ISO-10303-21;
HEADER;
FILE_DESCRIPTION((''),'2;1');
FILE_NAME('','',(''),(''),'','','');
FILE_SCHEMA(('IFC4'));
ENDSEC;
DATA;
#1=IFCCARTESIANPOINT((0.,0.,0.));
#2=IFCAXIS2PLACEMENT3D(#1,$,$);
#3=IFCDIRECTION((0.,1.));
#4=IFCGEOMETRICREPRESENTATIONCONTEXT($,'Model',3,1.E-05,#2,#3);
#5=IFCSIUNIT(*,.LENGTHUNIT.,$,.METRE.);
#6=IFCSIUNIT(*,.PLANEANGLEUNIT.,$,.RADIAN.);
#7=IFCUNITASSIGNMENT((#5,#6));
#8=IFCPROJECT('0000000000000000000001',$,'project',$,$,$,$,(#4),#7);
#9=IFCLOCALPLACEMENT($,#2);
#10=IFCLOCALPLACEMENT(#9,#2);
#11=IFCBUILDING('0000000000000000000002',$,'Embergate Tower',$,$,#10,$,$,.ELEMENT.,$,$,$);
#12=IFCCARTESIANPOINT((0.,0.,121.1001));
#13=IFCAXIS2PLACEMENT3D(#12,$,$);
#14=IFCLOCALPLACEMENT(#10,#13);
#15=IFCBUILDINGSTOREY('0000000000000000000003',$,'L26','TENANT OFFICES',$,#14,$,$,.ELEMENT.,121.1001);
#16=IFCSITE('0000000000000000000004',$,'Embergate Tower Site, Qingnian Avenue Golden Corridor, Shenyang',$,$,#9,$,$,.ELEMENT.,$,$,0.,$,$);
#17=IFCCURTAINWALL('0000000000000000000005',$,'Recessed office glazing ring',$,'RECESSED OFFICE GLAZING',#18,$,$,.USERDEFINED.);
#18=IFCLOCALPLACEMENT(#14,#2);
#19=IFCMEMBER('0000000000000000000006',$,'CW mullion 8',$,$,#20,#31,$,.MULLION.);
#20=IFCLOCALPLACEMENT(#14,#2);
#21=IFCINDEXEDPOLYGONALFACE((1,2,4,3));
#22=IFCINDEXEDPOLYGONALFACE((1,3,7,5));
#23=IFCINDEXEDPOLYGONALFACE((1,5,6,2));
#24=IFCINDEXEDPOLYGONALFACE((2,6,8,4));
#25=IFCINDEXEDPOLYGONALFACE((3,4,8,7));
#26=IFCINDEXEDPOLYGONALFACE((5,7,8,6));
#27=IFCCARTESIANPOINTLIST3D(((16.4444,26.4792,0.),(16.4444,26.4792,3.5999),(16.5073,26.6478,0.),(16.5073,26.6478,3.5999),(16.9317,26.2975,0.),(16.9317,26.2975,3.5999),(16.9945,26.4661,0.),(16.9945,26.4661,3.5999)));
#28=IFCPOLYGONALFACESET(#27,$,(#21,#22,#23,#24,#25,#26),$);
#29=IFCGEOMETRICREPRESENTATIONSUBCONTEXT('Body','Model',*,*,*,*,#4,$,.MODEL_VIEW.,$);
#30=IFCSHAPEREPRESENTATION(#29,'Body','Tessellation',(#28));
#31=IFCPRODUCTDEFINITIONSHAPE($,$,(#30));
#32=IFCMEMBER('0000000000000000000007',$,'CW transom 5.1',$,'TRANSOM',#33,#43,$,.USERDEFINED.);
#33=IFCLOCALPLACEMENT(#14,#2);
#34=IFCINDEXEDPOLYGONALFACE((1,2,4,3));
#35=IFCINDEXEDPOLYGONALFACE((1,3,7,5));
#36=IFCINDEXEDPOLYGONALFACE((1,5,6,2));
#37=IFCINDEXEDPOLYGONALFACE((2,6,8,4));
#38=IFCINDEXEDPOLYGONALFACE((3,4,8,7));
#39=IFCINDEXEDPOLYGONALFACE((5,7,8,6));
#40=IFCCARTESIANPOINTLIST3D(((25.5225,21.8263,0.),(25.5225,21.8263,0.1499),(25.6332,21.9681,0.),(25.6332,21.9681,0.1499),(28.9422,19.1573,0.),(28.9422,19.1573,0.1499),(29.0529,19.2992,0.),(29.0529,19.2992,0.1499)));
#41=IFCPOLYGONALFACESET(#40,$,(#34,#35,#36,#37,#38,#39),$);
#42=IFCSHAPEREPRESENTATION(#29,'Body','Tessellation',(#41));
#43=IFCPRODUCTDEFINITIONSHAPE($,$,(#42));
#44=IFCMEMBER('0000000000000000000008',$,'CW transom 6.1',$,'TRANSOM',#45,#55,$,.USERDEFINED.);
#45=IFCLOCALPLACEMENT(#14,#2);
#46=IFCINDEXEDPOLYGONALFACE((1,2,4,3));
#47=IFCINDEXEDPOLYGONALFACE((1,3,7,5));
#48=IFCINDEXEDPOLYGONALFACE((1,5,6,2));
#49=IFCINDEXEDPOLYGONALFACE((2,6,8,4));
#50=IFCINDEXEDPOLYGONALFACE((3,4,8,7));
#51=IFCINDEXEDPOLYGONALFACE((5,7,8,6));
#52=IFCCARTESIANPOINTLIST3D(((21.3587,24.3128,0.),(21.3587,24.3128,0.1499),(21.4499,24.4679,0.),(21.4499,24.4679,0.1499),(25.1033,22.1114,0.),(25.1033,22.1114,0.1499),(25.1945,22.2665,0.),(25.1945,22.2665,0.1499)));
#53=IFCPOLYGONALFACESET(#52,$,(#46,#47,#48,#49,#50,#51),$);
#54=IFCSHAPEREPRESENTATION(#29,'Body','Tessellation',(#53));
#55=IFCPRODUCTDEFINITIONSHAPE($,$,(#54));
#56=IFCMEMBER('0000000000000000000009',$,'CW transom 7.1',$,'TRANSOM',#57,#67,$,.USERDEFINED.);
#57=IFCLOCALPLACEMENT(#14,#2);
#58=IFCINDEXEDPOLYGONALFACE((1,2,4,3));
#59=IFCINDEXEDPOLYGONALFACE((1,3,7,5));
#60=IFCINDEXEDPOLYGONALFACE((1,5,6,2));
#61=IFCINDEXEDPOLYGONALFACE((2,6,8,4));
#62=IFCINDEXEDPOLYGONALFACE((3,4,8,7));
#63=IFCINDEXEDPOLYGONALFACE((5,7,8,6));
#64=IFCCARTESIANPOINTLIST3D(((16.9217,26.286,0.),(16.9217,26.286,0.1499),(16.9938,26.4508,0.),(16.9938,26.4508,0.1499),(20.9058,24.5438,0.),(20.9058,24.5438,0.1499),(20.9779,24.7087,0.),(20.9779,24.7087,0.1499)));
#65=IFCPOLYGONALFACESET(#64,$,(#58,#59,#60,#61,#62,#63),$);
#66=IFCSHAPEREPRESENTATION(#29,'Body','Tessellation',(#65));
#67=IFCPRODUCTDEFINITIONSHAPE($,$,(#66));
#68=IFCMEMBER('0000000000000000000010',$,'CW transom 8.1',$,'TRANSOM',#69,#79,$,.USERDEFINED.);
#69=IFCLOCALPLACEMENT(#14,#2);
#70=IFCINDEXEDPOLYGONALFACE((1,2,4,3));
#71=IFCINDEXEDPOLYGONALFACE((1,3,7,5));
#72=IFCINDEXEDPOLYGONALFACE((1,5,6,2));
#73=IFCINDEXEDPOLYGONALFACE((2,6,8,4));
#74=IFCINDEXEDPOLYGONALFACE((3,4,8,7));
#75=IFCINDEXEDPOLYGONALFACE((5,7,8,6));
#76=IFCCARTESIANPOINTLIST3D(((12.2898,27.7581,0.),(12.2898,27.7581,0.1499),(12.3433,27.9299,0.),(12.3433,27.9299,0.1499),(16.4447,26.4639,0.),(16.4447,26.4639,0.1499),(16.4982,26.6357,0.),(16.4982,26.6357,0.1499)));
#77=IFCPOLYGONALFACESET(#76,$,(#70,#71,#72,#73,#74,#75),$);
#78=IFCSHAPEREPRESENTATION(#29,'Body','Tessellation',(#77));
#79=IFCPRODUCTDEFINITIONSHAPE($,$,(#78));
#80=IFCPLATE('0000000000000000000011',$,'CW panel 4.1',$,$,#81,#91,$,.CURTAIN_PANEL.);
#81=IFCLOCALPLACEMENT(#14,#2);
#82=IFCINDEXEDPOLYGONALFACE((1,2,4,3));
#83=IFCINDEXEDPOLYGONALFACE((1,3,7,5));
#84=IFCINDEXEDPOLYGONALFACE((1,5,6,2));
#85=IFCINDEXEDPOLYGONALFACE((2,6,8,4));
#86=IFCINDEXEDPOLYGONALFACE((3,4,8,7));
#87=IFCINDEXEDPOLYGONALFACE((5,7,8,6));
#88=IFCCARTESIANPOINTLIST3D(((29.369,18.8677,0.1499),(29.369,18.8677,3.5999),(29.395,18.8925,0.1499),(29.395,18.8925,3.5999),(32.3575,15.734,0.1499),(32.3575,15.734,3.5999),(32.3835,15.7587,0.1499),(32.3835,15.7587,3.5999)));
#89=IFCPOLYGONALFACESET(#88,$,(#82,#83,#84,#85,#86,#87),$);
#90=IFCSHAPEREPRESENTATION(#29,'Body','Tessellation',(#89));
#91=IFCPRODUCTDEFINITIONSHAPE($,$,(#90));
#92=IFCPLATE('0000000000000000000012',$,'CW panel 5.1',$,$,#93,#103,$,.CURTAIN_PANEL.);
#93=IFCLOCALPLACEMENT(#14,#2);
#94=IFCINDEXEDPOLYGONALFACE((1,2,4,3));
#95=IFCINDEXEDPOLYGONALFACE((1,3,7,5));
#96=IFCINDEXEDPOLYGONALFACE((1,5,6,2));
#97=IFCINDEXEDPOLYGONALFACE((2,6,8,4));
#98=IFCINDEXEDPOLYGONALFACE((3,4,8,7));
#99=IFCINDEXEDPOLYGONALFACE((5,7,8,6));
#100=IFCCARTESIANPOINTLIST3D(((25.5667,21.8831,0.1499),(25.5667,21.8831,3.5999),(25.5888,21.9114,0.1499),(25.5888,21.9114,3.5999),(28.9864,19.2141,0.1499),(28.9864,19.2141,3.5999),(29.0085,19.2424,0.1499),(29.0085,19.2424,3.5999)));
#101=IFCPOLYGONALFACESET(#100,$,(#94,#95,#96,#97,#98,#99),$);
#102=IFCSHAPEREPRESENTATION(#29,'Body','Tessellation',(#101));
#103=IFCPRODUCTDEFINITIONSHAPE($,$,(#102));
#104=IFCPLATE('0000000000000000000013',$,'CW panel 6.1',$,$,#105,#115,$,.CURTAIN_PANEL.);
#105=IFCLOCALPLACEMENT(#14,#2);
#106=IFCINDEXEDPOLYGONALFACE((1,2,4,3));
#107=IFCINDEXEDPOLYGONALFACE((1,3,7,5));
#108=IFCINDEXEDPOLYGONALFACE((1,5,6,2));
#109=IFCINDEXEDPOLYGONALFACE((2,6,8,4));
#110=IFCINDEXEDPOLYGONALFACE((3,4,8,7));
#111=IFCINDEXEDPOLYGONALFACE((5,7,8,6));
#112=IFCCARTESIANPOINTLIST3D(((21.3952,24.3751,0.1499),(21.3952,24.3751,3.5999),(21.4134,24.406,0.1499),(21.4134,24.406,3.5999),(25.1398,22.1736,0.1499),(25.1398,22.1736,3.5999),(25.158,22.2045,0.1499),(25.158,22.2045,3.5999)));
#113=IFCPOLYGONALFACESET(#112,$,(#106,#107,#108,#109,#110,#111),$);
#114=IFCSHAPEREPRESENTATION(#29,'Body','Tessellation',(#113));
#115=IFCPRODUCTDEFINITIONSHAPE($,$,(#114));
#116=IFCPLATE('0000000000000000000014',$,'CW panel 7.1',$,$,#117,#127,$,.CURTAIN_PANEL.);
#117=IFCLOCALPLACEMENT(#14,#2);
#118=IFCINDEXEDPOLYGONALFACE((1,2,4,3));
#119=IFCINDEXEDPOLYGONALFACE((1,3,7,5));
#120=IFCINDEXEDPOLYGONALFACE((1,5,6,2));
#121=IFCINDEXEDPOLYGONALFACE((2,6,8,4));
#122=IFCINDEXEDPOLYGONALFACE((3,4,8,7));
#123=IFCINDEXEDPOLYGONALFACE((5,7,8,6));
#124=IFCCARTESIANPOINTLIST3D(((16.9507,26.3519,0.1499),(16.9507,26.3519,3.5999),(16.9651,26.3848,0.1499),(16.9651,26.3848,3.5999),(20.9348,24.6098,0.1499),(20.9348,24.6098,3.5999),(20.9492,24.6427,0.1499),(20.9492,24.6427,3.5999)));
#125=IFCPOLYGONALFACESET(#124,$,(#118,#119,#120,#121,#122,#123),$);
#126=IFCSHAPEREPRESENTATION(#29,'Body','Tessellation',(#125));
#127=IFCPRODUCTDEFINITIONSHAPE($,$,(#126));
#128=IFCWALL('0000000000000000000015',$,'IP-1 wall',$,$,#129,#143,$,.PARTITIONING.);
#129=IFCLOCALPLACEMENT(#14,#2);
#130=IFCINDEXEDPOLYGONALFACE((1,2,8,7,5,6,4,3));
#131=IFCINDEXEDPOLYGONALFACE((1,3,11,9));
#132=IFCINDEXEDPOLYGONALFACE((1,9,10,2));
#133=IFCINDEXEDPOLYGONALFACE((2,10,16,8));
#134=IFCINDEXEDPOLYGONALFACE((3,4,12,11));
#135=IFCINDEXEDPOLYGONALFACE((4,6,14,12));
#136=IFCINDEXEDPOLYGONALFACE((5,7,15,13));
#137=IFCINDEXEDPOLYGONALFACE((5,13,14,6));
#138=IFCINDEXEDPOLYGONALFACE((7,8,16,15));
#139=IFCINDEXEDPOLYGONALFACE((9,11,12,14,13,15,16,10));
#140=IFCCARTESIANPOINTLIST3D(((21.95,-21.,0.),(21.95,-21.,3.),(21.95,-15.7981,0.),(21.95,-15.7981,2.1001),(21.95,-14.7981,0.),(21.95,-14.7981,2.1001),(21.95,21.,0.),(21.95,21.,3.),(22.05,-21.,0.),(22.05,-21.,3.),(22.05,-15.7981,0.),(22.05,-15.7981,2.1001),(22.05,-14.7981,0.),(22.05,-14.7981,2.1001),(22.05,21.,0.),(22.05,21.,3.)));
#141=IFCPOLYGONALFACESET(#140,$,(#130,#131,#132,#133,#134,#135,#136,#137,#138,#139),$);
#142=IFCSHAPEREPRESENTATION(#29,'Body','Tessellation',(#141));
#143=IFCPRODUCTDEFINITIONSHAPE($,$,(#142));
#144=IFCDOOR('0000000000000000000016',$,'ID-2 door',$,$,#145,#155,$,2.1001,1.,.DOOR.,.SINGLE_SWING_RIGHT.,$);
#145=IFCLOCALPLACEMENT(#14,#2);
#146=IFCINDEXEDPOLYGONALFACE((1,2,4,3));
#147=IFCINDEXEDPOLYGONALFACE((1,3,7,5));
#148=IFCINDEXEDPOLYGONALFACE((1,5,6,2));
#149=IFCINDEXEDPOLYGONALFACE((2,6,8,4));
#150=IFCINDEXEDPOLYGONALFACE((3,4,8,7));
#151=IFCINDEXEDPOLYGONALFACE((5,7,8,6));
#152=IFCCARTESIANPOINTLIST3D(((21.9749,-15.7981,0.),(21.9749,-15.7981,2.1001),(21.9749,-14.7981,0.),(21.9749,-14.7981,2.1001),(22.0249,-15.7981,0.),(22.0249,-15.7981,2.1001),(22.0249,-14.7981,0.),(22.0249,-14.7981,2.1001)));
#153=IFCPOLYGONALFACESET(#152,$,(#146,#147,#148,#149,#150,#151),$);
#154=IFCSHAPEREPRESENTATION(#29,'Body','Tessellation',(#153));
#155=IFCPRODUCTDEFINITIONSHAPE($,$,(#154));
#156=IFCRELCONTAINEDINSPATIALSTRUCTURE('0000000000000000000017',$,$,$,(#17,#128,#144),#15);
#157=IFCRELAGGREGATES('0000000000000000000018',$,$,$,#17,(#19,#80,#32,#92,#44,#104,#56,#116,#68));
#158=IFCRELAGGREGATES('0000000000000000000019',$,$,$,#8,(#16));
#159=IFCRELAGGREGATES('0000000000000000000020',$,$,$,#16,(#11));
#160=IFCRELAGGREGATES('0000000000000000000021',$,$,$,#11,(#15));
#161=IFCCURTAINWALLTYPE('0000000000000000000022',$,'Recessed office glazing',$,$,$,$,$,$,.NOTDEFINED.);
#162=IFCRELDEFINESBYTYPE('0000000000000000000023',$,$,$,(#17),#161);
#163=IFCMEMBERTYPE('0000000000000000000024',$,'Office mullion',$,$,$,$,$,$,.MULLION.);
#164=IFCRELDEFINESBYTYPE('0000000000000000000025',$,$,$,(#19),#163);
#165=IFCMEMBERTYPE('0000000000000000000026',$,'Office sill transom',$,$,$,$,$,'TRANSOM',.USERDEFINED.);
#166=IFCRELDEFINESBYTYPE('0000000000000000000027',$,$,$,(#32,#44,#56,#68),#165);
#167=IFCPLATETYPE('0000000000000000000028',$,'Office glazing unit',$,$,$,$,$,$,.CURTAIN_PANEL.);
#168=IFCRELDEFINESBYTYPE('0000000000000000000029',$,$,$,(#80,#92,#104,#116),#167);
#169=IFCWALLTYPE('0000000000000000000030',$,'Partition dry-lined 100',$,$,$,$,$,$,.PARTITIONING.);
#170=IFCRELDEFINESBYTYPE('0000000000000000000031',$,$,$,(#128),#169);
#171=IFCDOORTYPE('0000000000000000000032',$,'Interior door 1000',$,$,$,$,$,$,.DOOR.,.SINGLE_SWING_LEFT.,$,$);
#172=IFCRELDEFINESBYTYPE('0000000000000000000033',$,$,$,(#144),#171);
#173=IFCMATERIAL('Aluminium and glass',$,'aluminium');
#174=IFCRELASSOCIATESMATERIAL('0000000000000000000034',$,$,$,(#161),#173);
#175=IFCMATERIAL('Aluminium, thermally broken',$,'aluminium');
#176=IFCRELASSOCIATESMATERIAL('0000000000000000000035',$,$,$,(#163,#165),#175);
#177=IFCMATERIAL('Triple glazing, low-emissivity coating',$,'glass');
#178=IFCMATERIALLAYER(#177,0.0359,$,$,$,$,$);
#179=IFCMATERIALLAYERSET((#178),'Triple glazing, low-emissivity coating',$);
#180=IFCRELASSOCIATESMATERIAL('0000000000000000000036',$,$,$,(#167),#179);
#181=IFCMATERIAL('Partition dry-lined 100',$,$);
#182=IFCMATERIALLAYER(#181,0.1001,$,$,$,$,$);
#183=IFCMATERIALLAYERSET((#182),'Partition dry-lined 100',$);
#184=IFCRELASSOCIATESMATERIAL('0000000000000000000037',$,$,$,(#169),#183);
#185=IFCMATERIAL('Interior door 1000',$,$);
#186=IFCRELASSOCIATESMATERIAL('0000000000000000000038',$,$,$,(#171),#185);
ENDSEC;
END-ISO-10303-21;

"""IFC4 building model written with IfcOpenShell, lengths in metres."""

from ifc_helpers import new_model, si_unit, direction, frame, frame_2d, origin, origin_2d, place, context, subcontext, project, spatial, rectangle, extrude, source, transform, mapped, material, layer, layer_set, material_profile, profile_set, type_object, element, fill, aggregate, save


model = new_model("IFC4")

# Units and contexts
model_context = context("Model", 3, precision=1e-05, world=origin(), true_north=direction((0.0, 1.0)))
body_context = subcontext(model_context, "Body", "Model", "MODEL_VIEW")
ifc_project = project(units=[si_unit("LENGTHUNIT", "METRE"), si_unit("PLANEANGLEUNIT", "RADIAN")], contexts=[model_context])

# Site, building, storey
site_placement = place(None, origin())
site = spatial("IfcSite", under=ifc_project, at=site_placement, Name="Embergate Tower Site, Qingnian Avenue Golden Corridor, Shenyang", CompositionType="ELEMENT", RefElevation=0.0)
building_placement = place(site_placement, origin())
building = spatial("IfcBuilding", under=site, at=building_placement, Name="Embergate Tower", CompositionType="ELEMENT")
storey_placement = place(building_placement, frame((0.0, 0.0, 121.1001)))
storey = spatial("IfcBuildingStorey", under=building, at=storey_placement, Name="L26", Description="TENANT OFFICES", CompositionType="ELEMENT", Elevation=121.1001)

# Curtain wall, members, plates
ifc_material_1 = material(Name="Aluminium and glass", Category="aluminium")
curtain_wall_type = type_object("IfcCurtainWallType", Name="Recessed office glazing", PredefinedType="NOTDEFINED", material=ifc_material_1)
curtain_wall_placement = place(storey_placement, origin())
curtain_wall = element("IfcCurtainWall", 1, at=curtain_wall_placement, inside=storey, type_object=curtain_wall_type, Name="Recessed office glazing ring", ObjectType="RECESSED OFFICE GLAZING", PredefinedType="USERDEFINED")
ifc_material_2 = material(Name="Aluminium, thermally broken", Category="aluminium")
ifc_material_profile_1 = material_profile(ifc_material_2, rectangle(XDim=0.1799, YDim=0.52, at=origin_2d()), Name="AL 520x180")
ifc_profile_set_1 = profile_set([ifc_material_profile_1], Name="Aluminium, thermally broken")
member_type_1 = type_object("IfcMemberType", Name="Office mullion", PredefinedType="MULLION", material=ifc_profile_set_1)
shared_shape_1 = source(origin(), body_context, "Body", "SweptSolid", [
    extrude(rectangle(XDim=0.1799, YDim=0.52, at=origin_2d()), origin(), (0.0, 0.0, 1.0), 3.5999),
])
member_1_placement = place(storey_placement, frame((16.7195, 26.4727, 0.0), z_axis=(0.0, 0.0, 1.0), x_axis=(-0.349503, -0.936935, 0.0)))
member_1 = element("IfcMember", 2, at=member_1_placement, type_object=member_type_1, Name="CW mullion 8", PredefinedType="MULLION", context=body_context, shape_type="MappedRepresentation", body=[
    mapped(shared_shape_1, transform((0.0, 0.0, 0.0))),
])
ifc_material_profile_2 = material_profile(ifc_material_2, rectangle(XDim=0.1799, YDim=0.1499, at=origin_2d()), Name="AL 150x180")
ifc_profile_set_2 = profile_set([ifc_material_profile_2], Name="Aluminium, thermally broken")
member_type_2 = type_object("IfcMemberType", Name="Office sill transom", ElementType="TRANSOM", PredefinedType="USERDEFINED", material=ifc_profile_set_2)
shared_shape_2 = source(origin(), body_context, "Body", "SweptSolid", [
    extrude(rectangle(XDim=0.1799, YDim=0.1499, at=origin_2d()), origin(), (0.0, 0.0, 1.0), 4.3379),
])
member_2_placement = place(storey_placement, frame((28.9976, 19.2283, 0.075), z_axis=(-0.788324, 0.615261, 0.0), x_axis=(-0.615261, -0.788324, 0.0)))
member_2 = element("IfcMember", 3, at=member_2_placement, type_object=member_type_2, Name="CW transom 5.1", ObjectType="TRANSOM", PredefinedType="USERDEFINED", context=body_context, shape_type="MappedRepresentation", body=[
    mapped(shared_shape_2, transform((0.0, 0.0, 0.0))),
])
shared_shape_3 = source(origin(), body_context, "Body", "SweptSolid", [
    extrude(rectangle(XDim=0.1799, YDim=0.1499, at=origin_2d()), origin(), (0.0, 0.0, 1.0), 4.3438),
])
member_3_placement = place(storey_placement, frame((25.1489, 22.189, 0.075), z_axis=(-0.862066, 0.506797, 0.0), x_axis=(-0.506797, -0.862066, 0.0)))
member_3 = element("IfcMember", 4, at=member_3_placement, type_object=member_type_2, Name="CW transom 6.1", ObjectType="TRANSOM", PredefinedType="USERDEFINED", context=body_context, shape_type="MappedRepresentation", body=[
    mapped(shared_shape_3, transform((0.0, 0.0, 0.0))),
])
shared_shape_4 = source(origin(), body_context, "Body", "SweptSolid", [
    extrude(rectangle(XDim=0.1799, YDim=0.1499, at=origin_2d()), origin(), (0.0, 0.0, 1.0), 4.3484),
])
member_4_placement = place(storey_placement, frame((20.9419, 24.6262, 0.075), z_axis=(-0.916231, 0.400651, 0.0), x_axis=(-0.400651, -0.916231, 0.0)))
member_4 = element("IfcMember", 5, at=member_4_placement, type_object=member_type_2, Name="CW transom 7.1", ObjectType="TRANSOM", PredefinedType="USERDEFINED", context=body_context, shape_type="MappedRepresentation", body=[
    mapped(shared_shape_4, transform((0.0, 0.0, 0.0))),
])
shared_shape_5 = source(origin(), body_context, "Body", "SweptSolid", [
    extrude(rectangle(XDim=0.1799, YDim=0.1499, at=origin_2d()), origin(), (0.0, 0.0, 1.0), 4.3518),
])
member_5_placement = place(storey_placement, frame((16.4714, 26.5498, 0.075), z_axis=(-0.954758, 0.297384, 0.0), x_axis=(-0.297384, -0.954758, 0.0)))
member_5 = element("IfcMember", 6, at=member_5_placement, type_object=member_type_2, Name="CW transom 8.1", ObjectType="TRANSOM", PredefinedType="USERDEFINED", context=body_context, shape_type="MappedRepresentation", body=[
    mapped(shared_shape_5, transform((0.0, 0.0, 0.0))),
])
ifc_material_3 = material(Name="Triple glazing, low-emissivity coating", Category="glass")
ifc_layer_1 = layer(ifc_material_3, 0.0359)
ifc_layer_set_1 = layer_set([ifc_layer_1], Name="Triple glazing, low-emissivity coating")
plate_type = type_object("IfcPlateType", Name="Office glazing unit", PredefinedType="CURTAIN_PANEL", material=ifc_layer_set_1)
shared_shape_6 = source(origin(), body_context, "Body", "SweptSolid", [
    extrude(rectangle(XDim=4.3303, YDim=0.0359, at=origin_2d()), origin(), (0.0, 0.0, 1.0), 3.45),
])
plate_1_placement = place(storey_placement, frame((30.8762, 17.3132, 0.1499), z_axis=(0.0, 0.0, 1.0), x_axis=(-0.690135, 0.723681, 0.0)))
plate_1 = element("IfcPlate", 7, at=plate_1_placement, type_object=plate_type, Name="CW panel 4.1", PredefinedType="CURTAIN_PANEL", context=body_context, shape_type="MappedRepresentation", body=[
    mapped(shared_shape_6, transform((0.0, 0.0, 0.0))),
])
shared_shape_7 = source(origin(), body_context, "Body", "SweptSolid", [
    extrude(rectangle(XDim=4.3379, YDim=0.0359, at=origin_2d()), origin(), (0.0, 0.0, 1.0), 3.45),
])
plate_2_placement = place(storey_placement, frame((27.2876, 20.5627, 0.1499), z_axis=(0.0, 0.0, 1.0), x_axis=(-0.78832, 0.615265, 0.0)))
plate_2 = element("IfcPlate", 8, at=plate_2_placement, type_object=plate_type, Name="CW panel 5.1", PredefinedType="CURTAIN_PANEL", context=body_context, shape_type="MappedRepresentation", body=[
    mapped(shared_shape_7, transform((0.0, 0.0, 0.0))),
])
shared_shape_8 = source(origin(), body_context, "Body", "SweptSolid", [
    extrude(rectangle(XDim=4.3438, YDim=0.0359, at=origin_2d()), origin(), (0.0, 0.0, 1.0), 3.45),
])
plate_3_placement = place(storey_placement, frame((23.2766, 23.2898, 0.1499), z_axis=(0.0, 0.0, 1.0), x_axis=(-0.862053, 0.506818, 0.0)))
plate_3 = element("IfcPlate", 9, at=plate_3_placement, type_object=plate_type, Name="CW panel 6.1", PredefinedType="CURTAIN_PANEL", context=body_context, shape_type="MappedRepresentation", body=[
    mapped(shared_shape_8, transform((0.0, 0.0, 0.0))),
])
shared_shape_9 = source(origin(), body_context, "Body", "SweptSolid", [
    extrude(rectangle(XDim=4.3484, YDim=0.0359, at=origin_2d()), origin(), (0.0, 0.0, 1.0), 3.45),
])
plate_4_placement = place(storey_placement, frame((18.95, 25.4973, 0.1499), z_axis=(0.0, 0.0, 1.0), x_axis=(-0.916236, 0.400638, 0.0)))
plate_4 = element("IfcPlate", 10, at=plate_4_placement, type_object=plate_type, Name="CW panel 7.1", PredefinedType="CURTAIN_PANEL", context=body_context, shape_type="MappedRepresentation", body=[
    mapped(shared_shape_9, transform((0.0, 0.0, 0.0))),
])
aggregate(curtain_wall, [member_1, plate_1, member_2, plate_2, member_3, plate_3, member_4, plate_4, member_5])

# Wall, opening, door
ifc_material_4 = material(Name="Partition dry-lined 100")
ifc_layer_2 = layer(ifc_material_4, 0.1001)
ifc_layer_set_2 = layer_set([ifc_layer_2], Name="Partition dry-lined 100")
wall_type = type_object("IfcWallType", Name="Partition dry-lined 100", PredefinedType="PARTITIONING", material=ifc_layer_set_2)
shared_shape_10 = source(origin(), body_context, "Body", "SweptSolid", [
    extrude(rectangle(XDim=42.0, YDim=0.1001, at=frame_2d((21.0, 0.0))), origin(), (0.0, 0.0, 1.0), 3.0),
])
wall_placement = place(storey_placement, frame((22.0, 21.0, 0.0), z_axis=(0.0, 0.0, 1.0), x_axis=(0.0, -1.0, 0.0)))
wall = element("IfcWall", 11, at=wall_placement, inside=storey, type_object=wall_type, Name="IP-1 wall", PredefinedType="PARTITIONING", context=body_context, shape_type="MappedRepresentation", body=[
    mapped(shared_shape_10, transform((0.0, 0.0, 0.0))),
])
shared_shape_11 = source(origin(), body_context, "Body", "SweptSolid", [
    extrude(rectangle(XDim=1.0, YDim=2.1001, at=frame_2d((0.5, 1.05))), frame((0.0, 0.0601, 0.0), z_axis=(0.0, -1.0, 0.0), x_axis=(1.0, 0.0, 0.0)), (0.0, 0.0, 1.0), 0.1201),
])
opening_placement = place(wall_placement, frame((35.7981, 0.0, 0.0)))
opening = element("IfcOpeningElement", 12, at=opening_placement, cuts=wall, PredefinedType="OPENING", context=body_context, shape_type="MappedRepresentation", body=[
    mapped(shared_shape_11, transform((0.0, 0.0, 0.0))),
])
ifc_material_5 = material(Name="Interior door 1000")
door_type = type_object("IfcDoorType", Name="Interior door 1000", OperationType="SINGLE_SWING_LEFT", PredefinedType="DOOR", material=ifc_material_5)
shared_shape_12 = source(origin(), body_context, "Body", "SweptSolid", [
    extrude(rectangle(XDim=1.0, YDim=2.1001, at=frame_2d((0.5, 1.05))), frame((0.0, 0.0249, 0.0), z_axis=(0.0, -1.0, 0.0), x_axis=(1.0, 0.0, 0.0)), (0.0, 0.0, 1.0), 0.05),
])
door_placement = place(opening_placement, origin())
door = element("IfcDoor", 13, at=door_placement, inside=storey, type_object=door_type, Name="ID-2 door", OperationType="SINGLE_SWING_RIGHT", OverallHeight=2.1001, OverallWidth=1.0, PredefinedType="DOOR", context=body_context, shape_type="MappedRepresentation", body=[
    mapped(shared_shape_12, transform((0.0, 0.0, 0.0))),
])
fill(opening, door)

save(model, "model.ifc")
